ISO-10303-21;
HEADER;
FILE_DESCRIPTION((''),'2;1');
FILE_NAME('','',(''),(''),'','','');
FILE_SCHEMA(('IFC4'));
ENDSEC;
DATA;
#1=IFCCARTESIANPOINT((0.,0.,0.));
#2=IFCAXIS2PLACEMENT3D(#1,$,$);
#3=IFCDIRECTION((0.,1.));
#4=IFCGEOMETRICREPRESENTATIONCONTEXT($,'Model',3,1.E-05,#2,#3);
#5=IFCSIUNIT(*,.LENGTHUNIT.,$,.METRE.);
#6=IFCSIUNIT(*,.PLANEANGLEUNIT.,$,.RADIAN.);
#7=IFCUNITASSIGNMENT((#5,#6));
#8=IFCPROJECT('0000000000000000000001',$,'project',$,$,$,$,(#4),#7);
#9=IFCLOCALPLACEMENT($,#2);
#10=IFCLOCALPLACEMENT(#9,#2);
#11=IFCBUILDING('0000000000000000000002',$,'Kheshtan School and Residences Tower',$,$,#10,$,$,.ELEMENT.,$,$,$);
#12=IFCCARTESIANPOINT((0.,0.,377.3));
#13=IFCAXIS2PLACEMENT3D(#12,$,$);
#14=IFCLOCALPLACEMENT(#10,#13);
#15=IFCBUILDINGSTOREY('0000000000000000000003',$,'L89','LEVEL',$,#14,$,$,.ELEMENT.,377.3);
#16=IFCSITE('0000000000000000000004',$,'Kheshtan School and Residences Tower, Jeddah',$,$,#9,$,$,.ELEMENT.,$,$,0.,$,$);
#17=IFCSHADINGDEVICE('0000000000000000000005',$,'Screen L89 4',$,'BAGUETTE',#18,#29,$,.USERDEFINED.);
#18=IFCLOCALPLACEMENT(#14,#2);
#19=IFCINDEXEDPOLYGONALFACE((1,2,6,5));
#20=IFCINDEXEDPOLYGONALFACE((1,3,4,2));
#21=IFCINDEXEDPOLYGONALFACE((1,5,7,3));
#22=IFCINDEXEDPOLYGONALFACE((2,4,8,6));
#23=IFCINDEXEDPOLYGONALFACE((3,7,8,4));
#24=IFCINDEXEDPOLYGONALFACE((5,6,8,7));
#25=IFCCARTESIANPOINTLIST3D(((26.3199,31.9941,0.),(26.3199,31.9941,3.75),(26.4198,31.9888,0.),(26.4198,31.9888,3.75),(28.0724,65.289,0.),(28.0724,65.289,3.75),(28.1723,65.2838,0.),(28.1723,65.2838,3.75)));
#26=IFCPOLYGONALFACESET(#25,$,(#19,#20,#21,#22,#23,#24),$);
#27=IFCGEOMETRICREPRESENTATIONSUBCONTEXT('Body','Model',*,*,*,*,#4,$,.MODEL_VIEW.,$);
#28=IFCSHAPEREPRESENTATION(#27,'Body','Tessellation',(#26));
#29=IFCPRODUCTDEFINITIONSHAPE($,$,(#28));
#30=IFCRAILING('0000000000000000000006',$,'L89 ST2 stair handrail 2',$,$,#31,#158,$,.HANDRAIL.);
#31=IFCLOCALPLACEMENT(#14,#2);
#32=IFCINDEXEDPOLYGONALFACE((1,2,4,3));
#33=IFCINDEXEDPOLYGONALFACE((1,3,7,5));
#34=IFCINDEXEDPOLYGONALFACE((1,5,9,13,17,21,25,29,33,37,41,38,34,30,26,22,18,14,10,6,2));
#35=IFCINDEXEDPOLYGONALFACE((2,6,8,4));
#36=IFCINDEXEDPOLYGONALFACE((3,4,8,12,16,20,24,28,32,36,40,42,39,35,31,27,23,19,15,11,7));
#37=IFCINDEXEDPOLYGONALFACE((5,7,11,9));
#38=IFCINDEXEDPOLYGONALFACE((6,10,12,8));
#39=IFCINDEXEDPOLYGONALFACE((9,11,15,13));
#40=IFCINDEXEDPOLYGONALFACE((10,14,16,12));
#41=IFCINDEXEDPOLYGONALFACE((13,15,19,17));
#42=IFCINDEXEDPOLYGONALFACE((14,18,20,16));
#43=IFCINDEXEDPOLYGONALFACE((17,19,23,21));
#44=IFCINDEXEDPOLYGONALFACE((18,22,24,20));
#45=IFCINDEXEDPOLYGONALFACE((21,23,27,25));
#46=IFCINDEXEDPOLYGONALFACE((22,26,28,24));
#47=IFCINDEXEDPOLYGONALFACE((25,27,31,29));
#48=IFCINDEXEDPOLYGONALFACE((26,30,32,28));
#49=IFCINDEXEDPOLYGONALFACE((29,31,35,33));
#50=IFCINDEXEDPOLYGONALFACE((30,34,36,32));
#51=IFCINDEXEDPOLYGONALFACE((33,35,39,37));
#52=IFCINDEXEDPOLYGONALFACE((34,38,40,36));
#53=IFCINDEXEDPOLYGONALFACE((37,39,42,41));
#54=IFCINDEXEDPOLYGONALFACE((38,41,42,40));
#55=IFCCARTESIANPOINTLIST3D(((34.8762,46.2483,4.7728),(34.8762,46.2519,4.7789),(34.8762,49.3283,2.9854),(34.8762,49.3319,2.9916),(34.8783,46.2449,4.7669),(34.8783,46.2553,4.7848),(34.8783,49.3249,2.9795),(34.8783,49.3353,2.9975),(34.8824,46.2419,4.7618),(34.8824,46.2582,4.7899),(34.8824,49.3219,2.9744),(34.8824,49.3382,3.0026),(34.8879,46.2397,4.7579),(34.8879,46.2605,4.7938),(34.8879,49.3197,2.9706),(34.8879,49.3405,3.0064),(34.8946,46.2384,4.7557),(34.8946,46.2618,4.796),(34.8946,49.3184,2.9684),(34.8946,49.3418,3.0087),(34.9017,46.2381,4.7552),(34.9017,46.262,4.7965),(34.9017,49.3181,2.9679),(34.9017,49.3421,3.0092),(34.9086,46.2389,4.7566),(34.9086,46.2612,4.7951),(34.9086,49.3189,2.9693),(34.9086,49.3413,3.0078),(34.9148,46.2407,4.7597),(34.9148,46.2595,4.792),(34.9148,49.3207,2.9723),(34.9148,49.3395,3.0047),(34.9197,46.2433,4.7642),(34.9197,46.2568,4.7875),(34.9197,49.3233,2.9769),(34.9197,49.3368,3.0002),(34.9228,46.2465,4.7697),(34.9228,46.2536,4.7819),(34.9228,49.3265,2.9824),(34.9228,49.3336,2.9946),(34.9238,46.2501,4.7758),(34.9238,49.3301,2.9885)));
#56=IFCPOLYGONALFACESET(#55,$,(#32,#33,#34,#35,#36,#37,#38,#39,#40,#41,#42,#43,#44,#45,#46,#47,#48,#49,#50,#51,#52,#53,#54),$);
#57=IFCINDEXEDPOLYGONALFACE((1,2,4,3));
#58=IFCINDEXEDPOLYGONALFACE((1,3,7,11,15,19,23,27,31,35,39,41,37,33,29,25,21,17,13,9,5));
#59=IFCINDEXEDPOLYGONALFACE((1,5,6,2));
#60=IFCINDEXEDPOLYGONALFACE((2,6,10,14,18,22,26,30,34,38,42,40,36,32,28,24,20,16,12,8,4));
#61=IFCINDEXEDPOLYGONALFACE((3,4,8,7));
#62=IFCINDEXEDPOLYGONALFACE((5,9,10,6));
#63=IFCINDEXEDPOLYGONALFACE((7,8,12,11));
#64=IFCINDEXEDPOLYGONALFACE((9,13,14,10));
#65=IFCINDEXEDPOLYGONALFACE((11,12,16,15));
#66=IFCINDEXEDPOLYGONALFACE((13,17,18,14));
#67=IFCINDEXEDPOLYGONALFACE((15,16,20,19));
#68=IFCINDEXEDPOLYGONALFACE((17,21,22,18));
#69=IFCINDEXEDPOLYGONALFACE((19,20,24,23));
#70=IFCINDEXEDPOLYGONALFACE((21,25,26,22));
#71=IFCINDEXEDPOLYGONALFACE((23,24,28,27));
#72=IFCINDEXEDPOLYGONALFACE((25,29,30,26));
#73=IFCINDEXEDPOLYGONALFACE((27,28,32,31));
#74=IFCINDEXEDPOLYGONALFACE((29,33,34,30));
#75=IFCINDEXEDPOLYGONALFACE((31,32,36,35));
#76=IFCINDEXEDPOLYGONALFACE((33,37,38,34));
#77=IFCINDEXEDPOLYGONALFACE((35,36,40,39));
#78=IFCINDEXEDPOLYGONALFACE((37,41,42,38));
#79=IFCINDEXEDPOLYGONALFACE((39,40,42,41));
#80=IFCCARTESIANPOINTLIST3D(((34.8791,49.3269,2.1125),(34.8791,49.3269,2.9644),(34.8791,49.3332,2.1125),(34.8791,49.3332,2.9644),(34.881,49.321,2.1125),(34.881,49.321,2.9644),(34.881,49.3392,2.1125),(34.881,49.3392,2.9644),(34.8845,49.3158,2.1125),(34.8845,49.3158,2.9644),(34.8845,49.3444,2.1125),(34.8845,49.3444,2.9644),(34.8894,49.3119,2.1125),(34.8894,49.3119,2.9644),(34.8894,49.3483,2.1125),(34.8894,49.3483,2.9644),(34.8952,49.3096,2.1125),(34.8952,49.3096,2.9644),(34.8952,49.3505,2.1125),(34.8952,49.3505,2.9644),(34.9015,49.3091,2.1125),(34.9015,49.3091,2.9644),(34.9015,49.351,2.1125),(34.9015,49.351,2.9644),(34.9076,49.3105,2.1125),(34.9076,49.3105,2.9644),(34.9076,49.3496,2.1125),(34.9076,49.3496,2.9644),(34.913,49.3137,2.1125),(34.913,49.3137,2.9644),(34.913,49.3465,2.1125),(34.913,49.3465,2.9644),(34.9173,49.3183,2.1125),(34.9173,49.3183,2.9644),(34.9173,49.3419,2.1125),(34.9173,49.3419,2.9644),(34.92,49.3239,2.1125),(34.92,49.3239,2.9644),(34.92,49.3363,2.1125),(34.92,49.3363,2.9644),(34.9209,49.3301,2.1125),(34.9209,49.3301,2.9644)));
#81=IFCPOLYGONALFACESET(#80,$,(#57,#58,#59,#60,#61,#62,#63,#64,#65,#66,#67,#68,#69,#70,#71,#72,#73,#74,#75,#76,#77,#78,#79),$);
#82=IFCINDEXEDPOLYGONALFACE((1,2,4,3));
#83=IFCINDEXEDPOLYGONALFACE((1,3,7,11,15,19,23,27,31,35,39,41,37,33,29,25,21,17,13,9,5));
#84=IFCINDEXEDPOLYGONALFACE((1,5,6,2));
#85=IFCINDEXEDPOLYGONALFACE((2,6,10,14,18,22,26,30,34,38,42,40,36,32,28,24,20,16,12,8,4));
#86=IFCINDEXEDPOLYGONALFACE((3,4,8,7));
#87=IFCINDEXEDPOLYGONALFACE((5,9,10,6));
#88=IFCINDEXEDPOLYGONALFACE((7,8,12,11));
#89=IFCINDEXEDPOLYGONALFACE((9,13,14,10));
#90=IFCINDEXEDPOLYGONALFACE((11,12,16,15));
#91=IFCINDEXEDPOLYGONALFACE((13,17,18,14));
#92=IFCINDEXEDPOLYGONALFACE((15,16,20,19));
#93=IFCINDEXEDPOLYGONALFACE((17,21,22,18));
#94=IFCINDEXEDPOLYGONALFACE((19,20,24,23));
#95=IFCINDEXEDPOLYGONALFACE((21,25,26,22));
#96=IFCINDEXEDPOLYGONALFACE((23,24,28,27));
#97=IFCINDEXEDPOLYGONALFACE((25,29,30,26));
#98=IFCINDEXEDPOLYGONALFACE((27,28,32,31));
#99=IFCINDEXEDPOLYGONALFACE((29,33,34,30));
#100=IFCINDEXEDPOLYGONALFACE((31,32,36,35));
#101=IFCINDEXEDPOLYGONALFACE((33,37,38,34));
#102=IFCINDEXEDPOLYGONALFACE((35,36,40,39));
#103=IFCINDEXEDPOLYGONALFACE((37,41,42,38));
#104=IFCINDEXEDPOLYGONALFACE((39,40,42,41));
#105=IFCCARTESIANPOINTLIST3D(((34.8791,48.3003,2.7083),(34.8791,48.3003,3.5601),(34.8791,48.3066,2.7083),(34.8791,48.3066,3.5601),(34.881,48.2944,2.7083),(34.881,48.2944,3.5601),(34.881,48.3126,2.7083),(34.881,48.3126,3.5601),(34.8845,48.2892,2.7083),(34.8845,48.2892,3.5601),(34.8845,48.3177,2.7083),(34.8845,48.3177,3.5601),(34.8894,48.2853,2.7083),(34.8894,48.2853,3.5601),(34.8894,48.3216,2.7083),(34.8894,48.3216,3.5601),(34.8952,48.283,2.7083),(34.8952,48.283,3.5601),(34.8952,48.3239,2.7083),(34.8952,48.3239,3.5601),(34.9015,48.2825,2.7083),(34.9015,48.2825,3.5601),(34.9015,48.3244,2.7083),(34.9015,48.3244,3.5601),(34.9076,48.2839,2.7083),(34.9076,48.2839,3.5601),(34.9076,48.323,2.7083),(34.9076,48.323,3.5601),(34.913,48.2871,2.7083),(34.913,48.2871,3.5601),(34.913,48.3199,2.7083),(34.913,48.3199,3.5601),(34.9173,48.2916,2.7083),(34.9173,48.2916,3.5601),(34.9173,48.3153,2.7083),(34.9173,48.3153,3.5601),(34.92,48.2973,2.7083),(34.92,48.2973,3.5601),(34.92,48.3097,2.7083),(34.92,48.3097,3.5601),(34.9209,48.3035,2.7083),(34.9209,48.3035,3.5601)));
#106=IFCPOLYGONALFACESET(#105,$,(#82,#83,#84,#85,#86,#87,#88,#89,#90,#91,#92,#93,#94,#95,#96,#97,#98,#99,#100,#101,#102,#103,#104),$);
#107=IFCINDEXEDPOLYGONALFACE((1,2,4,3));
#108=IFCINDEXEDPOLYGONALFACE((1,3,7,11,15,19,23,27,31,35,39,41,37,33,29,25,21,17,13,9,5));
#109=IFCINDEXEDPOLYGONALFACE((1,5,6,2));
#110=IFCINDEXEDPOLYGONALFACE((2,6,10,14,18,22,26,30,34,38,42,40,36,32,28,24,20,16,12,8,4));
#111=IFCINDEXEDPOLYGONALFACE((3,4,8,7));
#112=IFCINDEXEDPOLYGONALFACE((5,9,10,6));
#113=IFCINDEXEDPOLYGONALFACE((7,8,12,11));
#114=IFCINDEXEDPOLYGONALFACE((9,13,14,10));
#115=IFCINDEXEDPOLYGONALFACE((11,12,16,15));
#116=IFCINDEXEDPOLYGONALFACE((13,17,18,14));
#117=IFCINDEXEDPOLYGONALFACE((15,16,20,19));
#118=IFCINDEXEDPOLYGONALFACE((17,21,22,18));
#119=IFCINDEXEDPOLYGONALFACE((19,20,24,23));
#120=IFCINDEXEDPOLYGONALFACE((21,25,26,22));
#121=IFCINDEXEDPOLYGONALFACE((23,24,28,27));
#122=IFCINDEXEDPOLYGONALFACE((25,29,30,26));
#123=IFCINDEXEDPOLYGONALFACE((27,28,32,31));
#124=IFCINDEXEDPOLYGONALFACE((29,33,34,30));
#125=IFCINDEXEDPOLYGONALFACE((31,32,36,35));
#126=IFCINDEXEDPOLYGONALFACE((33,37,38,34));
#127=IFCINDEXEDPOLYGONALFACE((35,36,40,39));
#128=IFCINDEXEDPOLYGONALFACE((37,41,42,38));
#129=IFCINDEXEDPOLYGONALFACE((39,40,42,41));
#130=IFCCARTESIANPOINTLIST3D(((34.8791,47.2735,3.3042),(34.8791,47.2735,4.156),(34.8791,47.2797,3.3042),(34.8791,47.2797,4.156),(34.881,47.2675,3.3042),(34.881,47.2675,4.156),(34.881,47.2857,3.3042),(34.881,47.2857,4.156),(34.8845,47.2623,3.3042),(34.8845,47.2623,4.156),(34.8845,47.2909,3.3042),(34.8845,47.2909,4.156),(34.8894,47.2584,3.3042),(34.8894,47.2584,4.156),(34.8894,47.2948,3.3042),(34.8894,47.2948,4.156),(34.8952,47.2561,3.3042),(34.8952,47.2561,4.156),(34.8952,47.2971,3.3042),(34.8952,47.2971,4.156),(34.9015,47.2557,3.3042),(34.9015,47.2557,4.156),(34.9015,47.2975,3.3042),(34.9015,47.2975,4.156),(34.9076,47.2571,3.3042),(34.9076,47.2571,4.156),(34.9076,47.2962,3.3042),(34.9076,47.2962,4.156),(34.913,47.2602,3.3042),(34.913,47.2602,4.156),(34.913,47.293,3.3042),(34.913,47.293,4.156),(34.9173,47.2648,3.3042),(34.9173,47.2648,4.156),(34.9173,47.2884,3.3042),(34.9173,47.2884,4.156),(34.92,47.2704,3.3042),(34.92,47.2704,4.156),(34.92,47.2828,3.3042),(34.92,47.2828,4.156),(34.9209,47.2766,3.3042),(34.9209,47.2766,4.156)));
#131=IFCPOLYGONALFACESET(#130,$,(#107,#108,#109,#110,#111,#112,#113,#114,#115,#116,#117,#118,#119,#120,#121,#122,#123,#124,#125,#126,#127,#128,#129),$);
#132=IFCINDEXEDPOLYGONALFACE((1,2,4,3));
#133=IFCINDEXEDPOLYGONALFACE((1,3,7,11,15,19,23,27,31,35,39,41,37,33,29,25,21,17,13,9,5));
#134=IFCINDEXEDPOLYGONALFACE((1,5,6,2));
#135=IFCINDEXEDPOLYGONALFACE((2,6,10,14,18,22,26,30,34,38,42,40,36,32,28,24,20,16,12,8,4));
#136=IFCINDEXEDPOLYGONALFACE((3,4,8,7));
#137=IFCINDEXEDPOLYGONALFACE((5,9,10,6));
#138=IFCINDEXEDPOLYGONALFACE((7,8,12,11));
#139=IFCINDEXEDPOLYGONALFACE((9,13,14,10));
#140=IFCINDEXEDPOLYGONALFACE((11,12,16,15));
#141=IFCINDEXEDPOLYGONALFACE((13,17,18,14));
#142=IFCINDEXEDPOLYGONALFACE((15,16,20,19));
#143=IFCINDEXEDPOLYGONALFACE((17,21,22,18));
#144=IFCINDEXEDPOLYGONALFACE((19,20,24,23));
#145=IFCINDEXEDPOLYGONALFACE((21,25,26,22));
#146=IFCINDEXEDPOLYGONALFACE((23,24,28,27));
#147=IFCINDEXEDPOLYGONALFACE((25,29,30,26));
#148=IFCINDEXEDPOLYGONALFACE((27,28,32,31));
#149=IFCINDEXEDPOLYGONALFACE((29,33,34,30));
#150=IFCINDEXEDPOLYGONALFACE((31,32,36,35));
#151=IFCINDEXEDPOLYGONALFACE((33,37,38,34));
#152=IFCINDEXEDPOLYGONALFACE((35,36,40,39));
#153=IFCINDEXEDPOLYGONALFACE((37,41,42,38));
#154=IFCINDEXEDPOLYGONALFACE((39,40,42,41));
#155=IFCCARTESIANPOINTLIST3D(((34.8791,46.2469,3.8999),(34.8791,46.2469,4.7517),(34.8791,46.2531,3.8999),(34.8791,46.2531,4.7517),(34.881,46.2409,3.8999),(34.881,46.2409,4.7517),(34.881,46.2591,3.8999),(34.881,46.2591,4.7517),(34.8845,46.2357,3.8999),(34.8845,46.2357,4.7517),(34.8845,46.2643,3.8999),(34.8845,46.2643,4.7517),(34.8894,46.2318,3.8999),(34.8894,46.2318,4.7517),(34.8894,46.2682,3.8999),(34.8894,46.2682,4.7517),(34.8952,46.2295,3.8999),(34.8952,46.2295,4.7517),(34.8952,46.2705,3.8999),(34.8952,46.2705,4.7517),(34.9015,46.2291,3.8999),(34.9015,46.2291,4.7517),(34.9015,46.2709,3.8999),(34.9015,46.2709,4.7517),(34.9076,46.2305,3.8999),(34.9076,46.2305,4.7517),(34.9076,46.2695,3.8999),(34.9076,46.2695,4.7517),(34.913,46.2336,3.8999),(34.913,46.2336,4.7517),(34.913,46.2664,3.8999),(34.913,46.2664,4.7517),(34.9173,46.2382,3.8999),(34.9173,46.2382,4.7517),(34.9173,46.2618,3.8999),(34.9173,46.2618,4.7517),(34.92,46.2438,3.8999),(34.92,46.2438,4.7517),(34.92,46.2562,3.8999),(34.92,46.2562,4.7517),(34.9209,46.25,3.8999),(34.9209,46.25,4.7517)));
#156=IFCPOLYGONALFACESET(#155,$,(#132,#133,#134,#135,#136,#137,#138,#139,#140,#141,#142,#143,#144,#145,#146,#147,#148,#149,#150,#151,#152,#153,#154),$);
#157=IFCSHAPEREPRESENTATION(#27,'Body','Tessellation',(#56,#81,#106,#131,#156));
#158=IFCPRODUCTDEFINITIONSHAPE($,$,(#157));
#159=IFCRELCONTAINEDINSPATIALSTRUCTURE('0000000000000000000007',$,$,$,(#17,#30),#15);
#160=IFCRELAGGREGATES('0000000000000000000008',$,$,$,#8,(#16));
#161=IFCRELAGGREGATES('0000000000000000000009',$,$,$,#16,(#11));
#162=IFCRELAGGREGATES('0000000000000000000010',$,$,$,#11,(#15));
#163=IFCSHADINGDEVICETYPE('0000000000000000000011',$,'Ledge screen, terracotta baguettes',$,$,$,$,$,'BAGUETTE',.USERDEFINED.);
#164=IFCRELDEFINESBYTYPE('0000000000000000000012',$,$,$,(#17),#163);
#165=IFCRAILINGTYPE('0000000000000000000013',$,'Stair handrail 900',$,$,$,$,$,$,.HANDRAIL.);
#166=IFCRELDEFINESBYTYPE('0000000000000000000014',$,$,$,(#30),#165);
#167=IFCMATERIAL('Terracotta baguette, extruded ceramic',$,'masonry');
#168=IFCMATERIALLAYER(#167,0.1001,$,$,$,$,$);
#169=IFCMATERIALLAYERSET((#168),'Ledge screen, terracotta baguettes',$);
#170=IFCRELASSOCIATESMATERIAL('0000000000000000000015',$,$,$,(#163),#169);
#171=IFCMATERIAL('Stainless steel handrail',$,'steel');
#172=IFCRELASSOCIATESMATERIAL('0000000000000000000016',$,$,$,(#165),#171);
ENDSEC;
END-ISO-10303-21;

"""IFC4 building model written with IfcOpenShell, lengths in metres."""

from ifc_helpers import new_model, si_unit, direction, frame, origin, origin_2d, place, context, subcontext, project, spatial, rectangle, circle, extrude, material, layer, layer_set, type_object, element, save


model = new_model("IFC4")

# Units and contexts
model_context = context("Model", 3, precision=1e-05, world=origin(), true_north=direction((0.0, 1.0)))
body_context = subcontext(model_context, "Body", "Model", "MODEL_VIEW")
ifc_project = project(units=[si_unit("LENGTHUNIT", "METRE"), si_unit("PLANEANGLEUNIT", "RADIAN")], contexts=[model_context])

# Site, building, storey
site_placement = place(None, origin())
site = spatial("IfcSite", under=ifc_project, at=site_placement, Name="Kheshtan School and Residences Tower, Jeddah", CompositionType="ELEMENT", RefElevation=0.0)
building_placement = place(site_placement, origin())
building = spatial("IfcBuilding", under=site, at=building_placement, Name="Kheshtan School and Residences Tower", CompositionType="ELEMENT")
storey_placement = place(building_placement, frame((0.0, 0.0, 377.3)))
storey = spatial("IfcBuildingStorey", under=building, at=storey_placement, Name="L89", Description="LEVEL", CompositionType="ELEMENT", Elevation=377.3)

# Shading device
ifc_material_1 = material(Name="Terracotta baguette, extruded ceramic", Category="masonry")
ifc_layer_1 = layer(ifc_material_1, 0.1001)
ifc_layer_set_1 = layer_set([ifc_layer_1], Name="Ledge screen, terracotta baguettes")
shading_device_type = type_object("IfcShadingDeviceType", Name="Ledge screen, terracotta baguettes", ElementType="BAGUETTE", PredefinedType="USERDEFINED", material=ifc_layer_set_1)
shading_device_placement = place(storey_placement, frame((27.2461, 48.6389, 0.0), z_axis=(0.0, 0.0, 1.0), x_axis=(0.052563, 0.998618, 0.0)))
element("IfcShadingDevice", 1, at=shading_device_placement, inside=storey, type_object=shading_device_type, Name="Screen L89 4", ObjectType="BAGUETTE", PredefinedType="USERDEFINED", context=body_context, shape_type="SweptSolid", body=[
    extrude(rectangle(XDim=33.3411, YDim=0.1001, at=origin_2d()), origin(), (0.0, 0.0, 1.0), 3.75),
])

# Railing
ifc_material_2 = material(Name="Stainless steel handrail", Category="steel")
railing_type = type_object("IfcRailingType", Name="Stair handrail 900", PredefinedType="HANDRAIL", material=ifc_material_2)
railing_placement = place(storey_placement, frame((34.8999, 49.3301, 2.1125)))
element("IfcRailing", 2, at=railing_placement, inside=storey, type_object=railing_type, Name="L89 ST2 stair handrail 2", PredefinedType="HANDRAIL", context=body_context, shape_type="SweptSolid", body=[
    extrude(circle(Radius=0.0239, at=origin_2d()), frame((0.0, 0.0, 0.876), z_axis=(0.0, -0.86492, 0.501909), x_axis=(1.0, 0.0, 0.0)), (0.0, 0.0, 1.0), 3.561),
    extrude(circle(Radius=0.021, at=origin_2d()), origin(), (0.0, 0.0, 1.0), 0.8518),
    extrude(circle(Radius=0.021, at=origin_2d()), frame((0.0, -1.0266, 0.5957)), (0.0, 0.0, 1.0), 0.8518),
    extrude(circle(Radius=0.021, at=origin_2d()), frame((0.0, -2.0535, 1.1917)), (0.0, 0.0, 1.0), 0.8518),
    extrude(circle(Radius=0.021, at=origin_2d()), frame((0.0, -3.0801, 1.7874)), (0.0, 0.0, 1.0), 0.8518),
])

save(model, "model.ifc")
